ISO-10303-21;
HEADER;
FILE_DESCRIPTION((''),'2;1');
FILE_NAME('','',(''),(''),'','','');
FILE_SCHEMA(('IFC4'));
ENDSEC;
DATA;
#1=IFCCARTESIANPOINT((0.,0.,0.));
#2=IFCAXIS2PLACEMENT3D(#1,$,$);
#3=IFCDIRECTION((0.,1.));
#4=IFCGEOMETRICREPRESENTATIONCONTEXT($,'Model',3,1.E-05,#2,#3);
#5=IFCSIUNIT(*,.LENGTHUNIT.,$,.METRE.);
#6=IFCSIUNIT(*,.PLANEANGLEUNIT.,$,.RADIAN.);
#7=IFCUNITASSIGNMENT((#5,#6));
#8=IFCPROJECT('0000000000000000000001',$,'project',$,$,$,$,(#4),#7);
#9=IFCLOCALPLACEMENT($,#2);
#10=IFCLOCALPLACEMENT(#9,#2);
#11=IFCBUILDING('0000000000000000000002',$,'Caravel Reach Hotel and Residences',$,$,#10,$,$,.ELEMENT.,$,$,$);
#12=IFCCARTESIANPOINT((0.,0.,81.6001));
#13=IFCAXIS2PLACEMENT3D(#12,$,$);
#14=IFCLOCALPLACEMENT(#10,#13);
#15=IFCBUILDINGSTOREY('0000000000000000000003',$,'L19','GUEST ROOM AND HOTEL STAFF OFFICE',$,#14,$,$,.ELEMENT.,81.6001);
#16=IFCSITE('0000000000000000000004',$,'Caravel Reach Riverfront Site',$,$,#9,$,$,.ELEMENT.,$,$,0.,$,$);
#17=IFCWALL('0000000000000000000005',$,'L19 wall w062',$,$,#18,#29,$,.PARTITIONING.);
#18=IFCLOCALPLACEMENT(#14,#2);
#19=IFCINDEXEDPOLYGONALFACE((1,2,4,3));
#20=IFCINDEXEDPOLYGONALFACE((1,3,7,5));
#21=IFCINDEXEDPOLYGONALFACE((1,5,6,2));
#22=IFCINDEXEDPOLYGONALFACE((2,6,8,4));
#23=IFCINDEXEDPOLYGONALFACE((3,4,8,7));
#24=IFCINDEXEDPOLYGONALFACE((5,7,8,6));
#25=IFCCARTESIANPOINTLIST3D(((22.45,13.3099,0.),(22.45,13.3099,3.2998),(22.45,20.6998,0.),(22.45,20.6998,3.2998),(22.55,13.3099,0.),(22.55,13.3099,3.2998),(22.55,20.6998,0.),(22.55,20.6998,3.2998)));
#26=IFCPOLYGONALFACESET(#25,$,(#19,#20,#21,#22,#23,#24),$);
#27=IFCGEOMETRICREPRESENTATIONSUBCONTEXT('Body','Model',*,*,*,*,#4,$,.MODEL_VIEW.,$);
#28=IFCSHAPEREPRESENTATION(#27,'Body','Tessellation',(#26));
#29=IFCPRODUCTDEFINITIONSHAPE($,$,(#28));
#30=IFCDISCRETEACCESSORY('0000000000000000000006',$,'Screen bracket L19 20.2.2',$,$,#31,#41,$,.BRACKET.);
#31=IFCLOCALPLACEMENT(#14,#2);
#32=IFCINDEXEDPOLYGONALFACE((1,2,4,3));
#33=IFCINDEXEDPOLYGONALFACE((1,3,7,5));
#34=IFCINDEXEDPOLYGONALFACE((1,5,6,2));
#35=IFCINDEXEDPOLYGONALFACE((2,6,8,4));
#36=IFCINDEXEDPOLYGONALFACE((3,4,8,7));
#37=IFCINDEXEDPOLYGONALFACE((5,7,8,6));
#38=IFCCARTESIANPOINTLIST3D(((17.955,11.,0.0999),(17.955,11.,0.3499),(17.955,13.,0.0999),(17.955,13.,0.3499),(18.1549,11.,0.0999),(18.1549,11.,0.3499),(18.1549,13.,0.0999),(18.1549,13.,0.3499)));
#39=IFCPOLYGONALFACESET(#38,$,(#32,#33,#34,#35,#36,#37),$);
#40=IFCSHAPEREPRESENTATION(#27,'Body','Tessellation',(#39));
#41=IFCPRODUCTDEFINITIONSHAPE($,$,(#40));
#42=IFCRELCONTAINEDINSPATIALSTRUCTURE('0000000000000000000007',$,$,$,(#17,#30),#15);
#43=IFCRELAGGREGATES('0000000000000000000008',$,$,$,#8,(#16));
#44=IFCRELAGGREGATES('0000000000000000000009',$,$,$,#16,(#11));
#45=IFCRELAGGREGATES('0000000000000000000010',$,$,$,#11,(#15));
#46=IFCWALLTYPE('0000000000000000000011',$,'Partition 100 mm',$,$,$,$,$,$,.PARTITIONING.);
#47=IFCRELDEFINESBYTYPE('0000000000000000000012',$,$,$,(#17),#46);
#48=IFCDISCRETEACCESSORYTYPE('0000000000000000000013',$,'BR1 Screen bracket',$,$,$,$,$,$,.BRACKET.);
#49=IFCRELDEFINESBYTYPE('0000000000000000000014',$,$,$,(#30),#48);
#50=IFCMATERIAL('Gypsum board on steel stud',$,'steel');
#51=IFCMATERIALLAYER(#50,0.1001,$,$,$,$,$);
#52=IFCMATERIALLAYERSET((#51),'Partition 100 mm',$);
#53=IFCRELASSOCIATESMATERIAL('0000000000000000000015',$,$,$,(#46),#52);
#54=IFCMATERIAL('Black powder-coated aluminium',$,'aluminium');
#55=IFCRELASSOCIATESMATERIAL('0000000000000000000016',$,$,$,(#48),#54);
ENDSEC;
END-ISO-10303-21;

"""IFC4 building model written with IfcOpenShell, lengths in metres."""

from ifc_helpers import new_model, si_unit, direction, frame, frame_2d, origin, origin_2d, place, context, subcontext, project, spatial, rectangle, extrude, material, layer, layer_set, type_object, element, save


model = new_model("IFC4")

# Units and contexts
model_context = context("Model", 3, precision=1e-05, world=origin(), true_north=direction((0.0, 1.0)))
body_context = subcontext(model_context, "Body", "Model", "MODEL_VIEW")
ifc_project = project(units=[si_unit("LENGTHUNIT", "METRE"), si_unit("PLANEANGLEUNIT", "RADIAN")], contexts=[model_context])

# Site, building, storey
site_placement = place(None, origin())
site = spatial("IfcSite", under=ifc_project, at=site_placement, Name="Caravel Reach Riverfront Site", CompositionType="ELEMENT", RefElevation=0.0)
building_placement = place(site_placement, origin())
building = spatial("IfcBuilding", under=site, at=building_placement, Name="Caravel Reach Hotel and Residences", CompositionType="ELEMENT")
storey_placement = place(building_placement, frame((0.0, 0.0, 81.6001)))
storey = spatial("IfcBuildingStorey", under=building, at=storey_placement, Name="L19", Description="GUEST ROOM AND HOTEL STAFF OFFICE", CompositionType="ELEMENT", Elevation=81.6001)

# Wall
ifc_material_1 = material(Name="Gypsum board on steel stud", Category="steel")
ifc_layer_1 = layer(ifc_material_1, 0.1001)
ifc_layer_set_1 = layer_set([ifc_layer_1], Name="Partition 100 mm")
wall_type_1 = type_object("IfcWallType", Name="Partition 100 mm", PredefinedType="PARTITIONING", material=ifc_layer_set_1)
wall_1_placement = place(storey_placement, frame((22.5, 13.3101, 0.0), z_axis=(0.0, 0.0, 1.0), x_axis=(0.0, 1.0, 0.0)))
element("IfcWall", 1, at=wall_1_placement, inside=storey, type_object=wall_type_1, Name="L19 wall w062", PredefinedType="PARTITIONING", context=body_context, shape_type="SweptSolid", body=[
    extrude(rectangle(XDim=7.3899, YDim=0.1001, at=frame_2d((3.6948, 0.0))), origin(), (0.0, 0.0, 1.0), 3.2998),
])

# Discrete accessory
ifc_material_2 = material(Name="Black powder-coated aluminium", Category="aluminium")
discrete_accessory_type = type_object("IfcDiscreteAccessoryType", Name="BR1 Screen bracket", PredefinedType="BRACKET", material=ifc_material_2)
discrete_accessory_placement = place(storey_placement, frame((18.0549, 12.0, 0.0999), z_axis=(0.0, 0.0, 1.0), x_axis=(0.0, -1.0, 0.0)))
element("IfcDiscreteAccessory", 2, at=discrete_accessory_placement, inside=storey, type_object=discrete_accessory_type, Name="Screen bracket L19 20.2.2", PredefinedType="BRACKET", context=body_context, shape_type="SweptSolid", body=[
    extrude(rectangle(XDim=2.0, YDim=0.2, at=origin_2d()), origin(), (0.0, 0.0, 1.0), 0.25),
])

save(model, "model.ifc")
